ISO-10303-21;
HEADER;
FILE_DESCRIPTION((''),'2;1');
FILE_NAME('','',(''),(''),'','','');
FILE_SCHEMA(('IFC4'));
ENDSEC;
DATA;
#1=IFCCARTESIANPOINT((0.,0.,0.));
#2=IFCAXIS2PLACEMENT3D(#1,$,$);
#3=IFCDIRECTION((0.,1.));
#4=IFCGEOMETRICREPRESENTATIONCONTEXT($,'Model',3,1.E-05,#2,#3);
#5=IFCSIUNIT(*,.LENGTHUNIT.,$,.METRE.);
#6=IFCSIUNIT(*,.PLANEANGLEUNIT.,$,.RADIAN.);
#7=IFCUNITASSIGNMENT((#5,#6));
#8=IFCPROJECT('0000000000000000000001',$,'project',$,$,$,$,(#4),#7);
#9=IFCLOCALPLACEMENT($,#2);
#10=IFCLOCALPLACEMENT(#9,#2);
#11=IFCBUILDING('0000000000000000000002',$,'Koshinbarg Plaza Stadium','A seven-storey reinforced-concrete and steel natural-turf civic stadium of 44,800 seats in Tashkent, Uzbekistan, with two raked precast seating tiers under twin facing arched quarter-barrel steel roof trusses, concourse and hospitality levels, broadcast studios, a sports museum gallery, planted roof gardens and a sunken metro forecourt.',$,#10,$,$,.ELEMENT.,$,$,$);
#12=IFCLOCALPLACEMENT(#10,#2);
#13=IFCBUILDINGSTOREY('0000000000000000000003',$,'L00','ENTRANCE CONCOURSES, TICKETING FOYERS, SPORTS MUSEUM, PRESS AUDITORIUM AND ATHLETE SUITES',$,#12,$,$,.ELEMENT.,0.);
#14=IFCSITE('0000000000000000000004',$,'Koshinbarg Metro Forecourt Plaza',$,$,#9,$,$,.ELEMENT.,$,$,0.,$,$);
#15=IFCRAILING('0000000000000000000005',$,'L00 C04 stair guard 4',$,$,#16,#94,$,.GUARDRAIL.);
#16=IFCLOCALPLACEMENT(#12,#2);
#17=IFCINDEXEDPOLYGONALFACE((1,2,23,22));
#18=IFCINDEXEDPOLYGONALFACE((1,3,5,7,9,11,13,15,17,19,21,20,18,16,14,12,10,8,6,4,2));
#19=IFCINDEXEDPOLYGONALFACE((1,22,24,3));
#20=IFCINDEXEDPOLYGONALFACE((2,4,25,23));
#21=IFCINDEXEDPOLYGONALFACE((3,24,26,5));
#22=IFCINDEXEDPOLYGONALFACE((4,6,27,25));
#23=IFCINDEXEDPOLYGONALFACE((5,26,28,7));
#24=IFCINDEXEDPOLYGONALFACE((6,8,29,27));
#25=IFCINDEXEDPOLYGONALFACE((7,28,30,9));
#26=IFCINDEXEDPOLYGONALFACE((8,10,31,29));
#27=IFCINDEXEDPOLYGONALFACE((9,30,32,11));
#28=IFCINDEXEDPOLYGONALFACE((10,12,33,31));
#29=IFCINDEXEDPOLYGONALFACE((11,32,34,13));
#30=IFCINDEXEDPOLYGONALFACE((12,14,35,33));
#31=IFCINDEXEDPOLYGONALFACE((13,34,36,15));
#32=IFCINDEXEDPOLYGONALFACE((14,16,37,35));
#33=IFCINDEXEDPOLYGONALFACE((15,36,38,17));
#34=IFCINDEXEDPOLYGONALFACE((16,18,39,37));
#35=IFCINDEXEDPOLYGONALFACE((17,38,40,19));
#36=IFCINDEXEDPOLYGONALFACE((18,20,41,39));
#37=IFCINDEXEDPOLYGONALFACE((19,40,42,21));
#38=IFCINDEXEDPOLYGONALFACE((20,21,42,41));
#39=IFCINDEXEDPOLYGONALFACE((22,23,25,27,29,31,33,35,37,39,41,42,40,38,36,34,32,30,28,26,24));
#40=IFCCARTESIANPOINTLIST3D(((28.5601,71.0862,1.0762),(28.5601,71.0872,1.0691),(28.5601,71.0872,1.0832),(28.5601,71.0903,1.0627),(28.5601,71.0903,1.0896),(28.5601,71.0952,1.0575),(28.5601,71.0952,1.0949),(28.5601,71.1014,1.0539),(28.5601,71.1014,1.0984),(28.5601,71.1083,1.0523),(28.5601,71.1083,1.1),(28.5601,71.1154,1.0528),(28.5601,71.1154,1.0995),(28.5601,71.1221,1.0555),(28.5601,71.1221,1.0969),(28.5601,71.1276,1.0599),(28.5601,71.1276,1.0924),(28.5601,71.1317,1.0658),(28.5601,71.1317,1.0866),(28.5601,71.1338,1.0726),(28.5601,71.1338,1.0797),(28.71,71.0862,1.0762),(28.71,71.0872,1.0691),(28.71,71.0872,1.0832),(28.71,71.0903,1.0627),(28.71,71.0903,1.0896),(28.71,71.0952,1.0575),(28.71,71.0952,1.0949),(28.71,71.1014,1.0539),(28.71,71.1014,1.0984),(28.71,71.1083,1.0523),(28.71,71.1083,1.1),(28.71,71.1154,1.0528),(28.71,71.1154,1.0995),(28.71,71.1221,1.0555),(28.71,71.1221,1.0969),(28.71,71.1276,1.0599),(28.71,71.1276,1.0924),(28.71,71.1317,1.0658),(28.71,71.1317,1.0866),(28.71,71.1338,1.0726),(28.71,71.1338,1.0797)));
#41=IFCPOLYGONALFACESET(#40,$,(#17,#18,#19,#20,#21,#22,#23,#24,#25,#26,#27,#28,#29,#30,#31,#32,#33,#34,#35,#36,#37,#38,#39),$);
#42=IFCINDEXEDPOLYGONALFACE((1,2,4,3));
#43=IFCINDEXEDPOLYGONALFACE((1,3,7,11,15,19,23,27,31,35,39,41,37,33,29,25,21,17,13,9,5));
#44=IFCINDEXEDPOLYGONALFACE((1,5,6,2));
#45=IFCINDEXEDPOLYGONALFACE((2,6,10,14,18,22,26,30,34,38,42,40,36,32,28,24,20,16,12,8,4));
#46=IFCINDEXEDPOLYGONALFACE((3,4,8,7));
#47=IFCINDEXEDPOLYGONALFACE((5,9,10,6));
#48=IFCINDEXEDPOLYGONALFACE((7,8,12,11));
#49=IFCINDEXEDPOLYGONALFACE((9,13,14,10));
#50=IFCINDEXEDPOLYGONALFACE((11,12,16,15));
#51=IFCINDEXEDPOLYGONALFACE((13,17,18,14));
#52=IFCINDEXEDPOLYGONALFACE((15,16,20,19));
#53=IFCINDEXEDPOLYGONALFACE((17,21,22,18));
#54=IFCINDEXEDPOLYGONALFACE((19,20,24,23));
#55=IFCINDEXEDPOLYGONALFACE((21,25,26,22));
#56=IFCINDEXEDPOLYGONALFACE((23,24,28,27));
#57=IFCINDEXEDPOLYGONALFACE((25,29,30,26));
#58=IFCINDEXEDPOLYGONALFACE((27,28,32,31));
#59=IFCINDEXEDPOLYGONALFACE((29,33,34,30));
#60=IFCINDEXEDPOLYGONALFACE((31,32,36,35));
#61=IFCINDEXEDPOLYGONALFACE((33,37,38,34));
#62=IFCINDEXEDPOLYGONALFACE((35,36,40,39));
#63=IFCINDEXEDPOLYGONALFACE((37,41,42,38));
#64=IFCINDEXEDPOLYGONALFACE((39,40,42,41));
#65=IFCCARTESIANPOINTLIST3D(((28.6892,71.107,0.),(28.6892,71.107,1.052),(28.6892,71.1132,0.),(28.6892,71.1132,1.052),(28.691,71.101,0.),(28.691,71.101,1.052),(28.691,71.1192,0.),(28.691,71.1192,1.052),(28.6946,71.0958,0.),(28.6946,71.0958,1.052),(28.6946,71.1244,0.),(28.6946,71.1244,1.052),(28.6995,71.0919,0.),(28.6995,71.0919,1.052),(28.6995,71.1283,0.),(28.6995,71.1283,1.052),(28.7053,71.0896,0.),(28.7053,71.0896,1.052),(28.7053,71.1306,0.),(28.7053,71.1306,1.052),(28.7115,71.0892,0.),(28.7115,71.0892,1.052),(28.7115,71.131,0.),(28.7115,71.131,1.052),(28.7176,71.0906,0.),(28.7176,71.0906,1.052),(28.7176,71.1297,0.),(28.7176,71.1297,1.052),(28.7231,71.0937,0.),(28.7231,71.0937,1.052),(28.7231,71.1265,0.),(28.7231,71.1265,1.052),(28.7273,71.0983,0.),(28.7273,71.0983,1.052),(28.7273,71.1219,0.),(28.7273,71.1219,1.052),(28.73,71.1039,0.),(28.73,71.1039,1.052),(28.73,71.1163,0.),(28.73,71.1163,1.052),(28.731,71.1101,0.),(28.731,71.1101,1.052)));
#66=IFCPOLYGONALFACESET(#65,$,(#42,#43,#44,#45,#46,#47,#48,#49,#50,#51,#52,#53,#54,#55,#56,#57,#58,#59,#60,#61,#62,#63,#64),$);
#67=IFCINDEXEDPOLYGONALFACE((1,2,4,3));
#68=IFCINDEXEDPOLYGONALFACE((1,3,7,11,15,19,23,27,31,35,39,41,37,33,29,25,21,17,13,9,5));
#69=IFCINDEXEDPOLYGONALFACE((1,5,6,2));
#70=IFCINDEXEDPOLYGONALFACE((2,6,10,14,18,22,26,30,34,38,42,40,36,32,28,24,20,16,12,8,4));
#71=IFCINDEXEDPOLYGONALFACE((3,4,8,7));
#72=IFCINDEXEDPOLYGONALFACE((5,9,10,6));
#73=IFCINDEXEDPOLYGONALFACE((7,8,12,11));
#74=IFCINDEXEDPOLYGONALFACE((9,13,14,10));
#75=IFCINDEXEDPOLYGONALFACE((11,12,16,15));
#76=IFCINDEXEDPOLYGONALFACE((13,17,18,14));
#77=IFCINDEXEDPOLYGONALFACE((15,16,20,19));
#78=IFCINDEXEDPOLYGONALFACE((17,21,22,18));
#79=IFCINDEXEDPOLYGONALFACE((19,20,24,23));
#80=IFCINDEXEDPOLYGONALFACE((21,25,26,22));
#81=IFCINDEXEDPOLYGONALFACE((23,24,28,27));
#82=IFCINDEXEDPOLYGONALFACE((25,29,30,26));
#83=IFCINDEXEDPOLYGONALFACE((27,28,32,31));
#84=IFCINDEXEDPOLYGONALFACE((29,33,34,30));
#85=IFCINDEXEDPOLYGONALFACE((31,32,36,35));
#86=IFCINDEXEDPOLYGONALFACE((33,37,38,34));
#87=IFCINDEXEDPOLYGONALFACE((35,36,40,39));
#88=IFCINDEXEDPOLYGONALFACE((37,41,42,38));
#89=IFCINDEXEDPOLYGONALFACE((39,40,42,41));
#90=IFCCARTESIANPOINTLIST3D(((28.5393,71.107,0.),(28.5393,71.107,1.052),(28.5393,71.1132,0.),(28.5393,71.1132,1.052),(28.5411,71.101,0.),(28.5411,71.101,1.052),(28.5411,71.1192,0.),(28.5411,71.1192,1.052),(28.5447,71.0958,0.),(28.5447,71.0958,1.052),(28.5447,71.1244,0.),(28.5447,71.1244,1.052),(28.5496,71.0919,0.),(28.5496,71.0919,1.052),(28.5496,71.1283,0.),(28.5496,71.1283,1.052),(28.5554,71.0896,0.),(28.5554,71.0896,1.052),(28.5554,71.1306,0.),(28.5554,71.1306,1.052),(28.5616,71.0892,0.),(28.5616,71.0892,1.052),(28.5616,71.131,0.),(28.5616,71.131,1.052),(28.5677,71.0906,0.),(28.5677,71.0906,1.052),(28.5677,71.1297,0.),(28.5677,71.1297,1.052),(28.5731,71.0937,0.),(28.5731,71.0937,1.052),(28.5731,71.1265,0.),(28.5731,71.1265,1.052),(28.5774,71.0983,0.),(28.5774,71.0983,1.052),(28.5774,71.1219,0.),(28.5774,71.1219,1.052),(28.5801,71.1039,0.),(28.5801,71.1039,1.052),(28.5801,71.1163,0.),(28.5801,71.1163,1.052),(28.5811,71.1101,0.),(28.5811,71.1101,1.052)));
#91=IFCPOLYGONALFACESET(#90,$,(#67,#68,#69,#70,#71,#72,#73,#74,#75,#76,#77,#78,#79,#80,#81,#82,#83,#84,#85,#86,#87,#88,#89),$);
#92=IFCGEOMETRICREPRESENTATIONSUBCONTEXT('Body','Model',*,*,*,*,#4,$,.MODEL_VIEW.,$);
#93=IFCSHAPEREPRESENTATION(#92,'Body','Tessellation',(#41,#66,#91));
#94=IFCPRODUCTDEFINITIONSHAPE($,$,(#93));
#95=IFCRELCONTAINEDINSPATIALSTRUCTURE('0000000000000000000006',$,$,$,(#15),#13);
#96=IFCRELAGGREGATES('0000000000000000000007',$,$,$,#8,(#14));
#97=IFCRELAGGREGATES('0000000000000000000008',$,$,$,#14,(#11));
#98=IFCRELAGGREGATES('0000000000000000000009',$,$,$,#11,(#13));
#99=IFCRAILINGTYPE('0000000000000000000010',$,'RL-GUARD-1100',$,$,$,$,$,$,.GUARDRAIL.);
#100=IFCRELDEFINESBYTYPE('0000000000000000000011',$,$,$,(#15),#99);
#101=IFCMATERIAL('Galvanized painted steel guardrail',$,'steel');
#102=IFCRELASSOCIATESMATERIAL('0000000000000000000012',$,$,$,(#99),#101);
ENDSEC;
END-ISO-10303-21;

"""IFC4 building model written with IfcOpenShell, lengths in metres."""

from ifc_helpers import new_model, si_unit, direction, frame, origin, origin_2d, place, context, subcontext, project, spatial, circle, extrude, material, type_object, element, save


model = new_model("IFC4")

# Units and contexts
model_context = context("Model", 3, precision=1e-05, world=origin(), true_north=direction((0.0, 1.0)))
body_context = subcontext(model_context, "Body", "Model", "MODEL_VIEW")
ifc_project = project(units=[si_unit("LENGTHUNIT", "METRE"), si_unit("PLANEANGLEUNIT", "RADIAN")], contexts=[model_context])

# Site, building, storey
site_placement = place(None, origin())
site = spatial("IfcSite", under=ifc_project, at=site_placement, Name="Koshinbarg Metro Forecourt Plaza", CompositionType="ELEMENT", RefElevation=0.0)
building_placement = place(site_placement, origin())
building = spatial("IfcBuilding", under=site, at=building_placement, Name="Koshinbarg Plaza Stadium", Description="A seven-storey reinforced-concrete and steel natural-turf civic stadium of 44,800 seats in Tashkent, Uzbekistan, with two raked precast seating tiers under twin facing arched quarter-barrel steel roof trusses, concourse and hospitality levels, broadcast studios, a sports museum gallery, planted roof gardens and a sunken metro forecourt.", CompositionType="ELEMENT")
storey_placement = place(building_placement, origin())
storey = spatial("IfcBuildingStorey", under=building, at=storey_placement, Name="L00", Description="ENTRANCE CONCOURSES, TICKETING FOYERS, SPORTS MUSEUM, PRESS AUDITORIUM AND ATHLETE SUITES", CompositionType="ELEMENT", Elevation=0.0)

# Railing
ifc_material_1 = material(Name="Galvanized painted steel guardrail", Category="steel")
railing_type_1 = type_object("IfcRailingType", Name="RL-GUARD-1100", PredefinedType="GUARDRAIL", material=ifc_material_1)
railing_1_placement = place(storey_placement, frame((28.71, 71.1101, 0.0)))
element("IfcRailing", 1, at=railing_1_placement, inside=storey, type_object=railing_type_1, Name="L00 C04 stair guard 4", PredefinedType="GUARDRAIL", context=body_context, shape_type="SweptSolid", body=[
    extrude(circle(Radius=0.0239, at=origin_2d()), frame((0.0, 0.0, 1.0762), z_axis=(-1.0, 0.0, 0.0), x_axis=(0.0, -1.0, 0.0)), (0.0, 0.0, 1.0), 0.1499),
    extrude(circle(Radius=0.021, at=origin_2d()), origin(), (0.0, 0.0, 1.0), 1.052),
    extrude(circle(Radius=0.021, at=origin_2d()), frame((-0.1499, 0.0, 0.0)), (0.0, 0.0, 1.0), 1.052),
])

save(model, "model.ifc")
